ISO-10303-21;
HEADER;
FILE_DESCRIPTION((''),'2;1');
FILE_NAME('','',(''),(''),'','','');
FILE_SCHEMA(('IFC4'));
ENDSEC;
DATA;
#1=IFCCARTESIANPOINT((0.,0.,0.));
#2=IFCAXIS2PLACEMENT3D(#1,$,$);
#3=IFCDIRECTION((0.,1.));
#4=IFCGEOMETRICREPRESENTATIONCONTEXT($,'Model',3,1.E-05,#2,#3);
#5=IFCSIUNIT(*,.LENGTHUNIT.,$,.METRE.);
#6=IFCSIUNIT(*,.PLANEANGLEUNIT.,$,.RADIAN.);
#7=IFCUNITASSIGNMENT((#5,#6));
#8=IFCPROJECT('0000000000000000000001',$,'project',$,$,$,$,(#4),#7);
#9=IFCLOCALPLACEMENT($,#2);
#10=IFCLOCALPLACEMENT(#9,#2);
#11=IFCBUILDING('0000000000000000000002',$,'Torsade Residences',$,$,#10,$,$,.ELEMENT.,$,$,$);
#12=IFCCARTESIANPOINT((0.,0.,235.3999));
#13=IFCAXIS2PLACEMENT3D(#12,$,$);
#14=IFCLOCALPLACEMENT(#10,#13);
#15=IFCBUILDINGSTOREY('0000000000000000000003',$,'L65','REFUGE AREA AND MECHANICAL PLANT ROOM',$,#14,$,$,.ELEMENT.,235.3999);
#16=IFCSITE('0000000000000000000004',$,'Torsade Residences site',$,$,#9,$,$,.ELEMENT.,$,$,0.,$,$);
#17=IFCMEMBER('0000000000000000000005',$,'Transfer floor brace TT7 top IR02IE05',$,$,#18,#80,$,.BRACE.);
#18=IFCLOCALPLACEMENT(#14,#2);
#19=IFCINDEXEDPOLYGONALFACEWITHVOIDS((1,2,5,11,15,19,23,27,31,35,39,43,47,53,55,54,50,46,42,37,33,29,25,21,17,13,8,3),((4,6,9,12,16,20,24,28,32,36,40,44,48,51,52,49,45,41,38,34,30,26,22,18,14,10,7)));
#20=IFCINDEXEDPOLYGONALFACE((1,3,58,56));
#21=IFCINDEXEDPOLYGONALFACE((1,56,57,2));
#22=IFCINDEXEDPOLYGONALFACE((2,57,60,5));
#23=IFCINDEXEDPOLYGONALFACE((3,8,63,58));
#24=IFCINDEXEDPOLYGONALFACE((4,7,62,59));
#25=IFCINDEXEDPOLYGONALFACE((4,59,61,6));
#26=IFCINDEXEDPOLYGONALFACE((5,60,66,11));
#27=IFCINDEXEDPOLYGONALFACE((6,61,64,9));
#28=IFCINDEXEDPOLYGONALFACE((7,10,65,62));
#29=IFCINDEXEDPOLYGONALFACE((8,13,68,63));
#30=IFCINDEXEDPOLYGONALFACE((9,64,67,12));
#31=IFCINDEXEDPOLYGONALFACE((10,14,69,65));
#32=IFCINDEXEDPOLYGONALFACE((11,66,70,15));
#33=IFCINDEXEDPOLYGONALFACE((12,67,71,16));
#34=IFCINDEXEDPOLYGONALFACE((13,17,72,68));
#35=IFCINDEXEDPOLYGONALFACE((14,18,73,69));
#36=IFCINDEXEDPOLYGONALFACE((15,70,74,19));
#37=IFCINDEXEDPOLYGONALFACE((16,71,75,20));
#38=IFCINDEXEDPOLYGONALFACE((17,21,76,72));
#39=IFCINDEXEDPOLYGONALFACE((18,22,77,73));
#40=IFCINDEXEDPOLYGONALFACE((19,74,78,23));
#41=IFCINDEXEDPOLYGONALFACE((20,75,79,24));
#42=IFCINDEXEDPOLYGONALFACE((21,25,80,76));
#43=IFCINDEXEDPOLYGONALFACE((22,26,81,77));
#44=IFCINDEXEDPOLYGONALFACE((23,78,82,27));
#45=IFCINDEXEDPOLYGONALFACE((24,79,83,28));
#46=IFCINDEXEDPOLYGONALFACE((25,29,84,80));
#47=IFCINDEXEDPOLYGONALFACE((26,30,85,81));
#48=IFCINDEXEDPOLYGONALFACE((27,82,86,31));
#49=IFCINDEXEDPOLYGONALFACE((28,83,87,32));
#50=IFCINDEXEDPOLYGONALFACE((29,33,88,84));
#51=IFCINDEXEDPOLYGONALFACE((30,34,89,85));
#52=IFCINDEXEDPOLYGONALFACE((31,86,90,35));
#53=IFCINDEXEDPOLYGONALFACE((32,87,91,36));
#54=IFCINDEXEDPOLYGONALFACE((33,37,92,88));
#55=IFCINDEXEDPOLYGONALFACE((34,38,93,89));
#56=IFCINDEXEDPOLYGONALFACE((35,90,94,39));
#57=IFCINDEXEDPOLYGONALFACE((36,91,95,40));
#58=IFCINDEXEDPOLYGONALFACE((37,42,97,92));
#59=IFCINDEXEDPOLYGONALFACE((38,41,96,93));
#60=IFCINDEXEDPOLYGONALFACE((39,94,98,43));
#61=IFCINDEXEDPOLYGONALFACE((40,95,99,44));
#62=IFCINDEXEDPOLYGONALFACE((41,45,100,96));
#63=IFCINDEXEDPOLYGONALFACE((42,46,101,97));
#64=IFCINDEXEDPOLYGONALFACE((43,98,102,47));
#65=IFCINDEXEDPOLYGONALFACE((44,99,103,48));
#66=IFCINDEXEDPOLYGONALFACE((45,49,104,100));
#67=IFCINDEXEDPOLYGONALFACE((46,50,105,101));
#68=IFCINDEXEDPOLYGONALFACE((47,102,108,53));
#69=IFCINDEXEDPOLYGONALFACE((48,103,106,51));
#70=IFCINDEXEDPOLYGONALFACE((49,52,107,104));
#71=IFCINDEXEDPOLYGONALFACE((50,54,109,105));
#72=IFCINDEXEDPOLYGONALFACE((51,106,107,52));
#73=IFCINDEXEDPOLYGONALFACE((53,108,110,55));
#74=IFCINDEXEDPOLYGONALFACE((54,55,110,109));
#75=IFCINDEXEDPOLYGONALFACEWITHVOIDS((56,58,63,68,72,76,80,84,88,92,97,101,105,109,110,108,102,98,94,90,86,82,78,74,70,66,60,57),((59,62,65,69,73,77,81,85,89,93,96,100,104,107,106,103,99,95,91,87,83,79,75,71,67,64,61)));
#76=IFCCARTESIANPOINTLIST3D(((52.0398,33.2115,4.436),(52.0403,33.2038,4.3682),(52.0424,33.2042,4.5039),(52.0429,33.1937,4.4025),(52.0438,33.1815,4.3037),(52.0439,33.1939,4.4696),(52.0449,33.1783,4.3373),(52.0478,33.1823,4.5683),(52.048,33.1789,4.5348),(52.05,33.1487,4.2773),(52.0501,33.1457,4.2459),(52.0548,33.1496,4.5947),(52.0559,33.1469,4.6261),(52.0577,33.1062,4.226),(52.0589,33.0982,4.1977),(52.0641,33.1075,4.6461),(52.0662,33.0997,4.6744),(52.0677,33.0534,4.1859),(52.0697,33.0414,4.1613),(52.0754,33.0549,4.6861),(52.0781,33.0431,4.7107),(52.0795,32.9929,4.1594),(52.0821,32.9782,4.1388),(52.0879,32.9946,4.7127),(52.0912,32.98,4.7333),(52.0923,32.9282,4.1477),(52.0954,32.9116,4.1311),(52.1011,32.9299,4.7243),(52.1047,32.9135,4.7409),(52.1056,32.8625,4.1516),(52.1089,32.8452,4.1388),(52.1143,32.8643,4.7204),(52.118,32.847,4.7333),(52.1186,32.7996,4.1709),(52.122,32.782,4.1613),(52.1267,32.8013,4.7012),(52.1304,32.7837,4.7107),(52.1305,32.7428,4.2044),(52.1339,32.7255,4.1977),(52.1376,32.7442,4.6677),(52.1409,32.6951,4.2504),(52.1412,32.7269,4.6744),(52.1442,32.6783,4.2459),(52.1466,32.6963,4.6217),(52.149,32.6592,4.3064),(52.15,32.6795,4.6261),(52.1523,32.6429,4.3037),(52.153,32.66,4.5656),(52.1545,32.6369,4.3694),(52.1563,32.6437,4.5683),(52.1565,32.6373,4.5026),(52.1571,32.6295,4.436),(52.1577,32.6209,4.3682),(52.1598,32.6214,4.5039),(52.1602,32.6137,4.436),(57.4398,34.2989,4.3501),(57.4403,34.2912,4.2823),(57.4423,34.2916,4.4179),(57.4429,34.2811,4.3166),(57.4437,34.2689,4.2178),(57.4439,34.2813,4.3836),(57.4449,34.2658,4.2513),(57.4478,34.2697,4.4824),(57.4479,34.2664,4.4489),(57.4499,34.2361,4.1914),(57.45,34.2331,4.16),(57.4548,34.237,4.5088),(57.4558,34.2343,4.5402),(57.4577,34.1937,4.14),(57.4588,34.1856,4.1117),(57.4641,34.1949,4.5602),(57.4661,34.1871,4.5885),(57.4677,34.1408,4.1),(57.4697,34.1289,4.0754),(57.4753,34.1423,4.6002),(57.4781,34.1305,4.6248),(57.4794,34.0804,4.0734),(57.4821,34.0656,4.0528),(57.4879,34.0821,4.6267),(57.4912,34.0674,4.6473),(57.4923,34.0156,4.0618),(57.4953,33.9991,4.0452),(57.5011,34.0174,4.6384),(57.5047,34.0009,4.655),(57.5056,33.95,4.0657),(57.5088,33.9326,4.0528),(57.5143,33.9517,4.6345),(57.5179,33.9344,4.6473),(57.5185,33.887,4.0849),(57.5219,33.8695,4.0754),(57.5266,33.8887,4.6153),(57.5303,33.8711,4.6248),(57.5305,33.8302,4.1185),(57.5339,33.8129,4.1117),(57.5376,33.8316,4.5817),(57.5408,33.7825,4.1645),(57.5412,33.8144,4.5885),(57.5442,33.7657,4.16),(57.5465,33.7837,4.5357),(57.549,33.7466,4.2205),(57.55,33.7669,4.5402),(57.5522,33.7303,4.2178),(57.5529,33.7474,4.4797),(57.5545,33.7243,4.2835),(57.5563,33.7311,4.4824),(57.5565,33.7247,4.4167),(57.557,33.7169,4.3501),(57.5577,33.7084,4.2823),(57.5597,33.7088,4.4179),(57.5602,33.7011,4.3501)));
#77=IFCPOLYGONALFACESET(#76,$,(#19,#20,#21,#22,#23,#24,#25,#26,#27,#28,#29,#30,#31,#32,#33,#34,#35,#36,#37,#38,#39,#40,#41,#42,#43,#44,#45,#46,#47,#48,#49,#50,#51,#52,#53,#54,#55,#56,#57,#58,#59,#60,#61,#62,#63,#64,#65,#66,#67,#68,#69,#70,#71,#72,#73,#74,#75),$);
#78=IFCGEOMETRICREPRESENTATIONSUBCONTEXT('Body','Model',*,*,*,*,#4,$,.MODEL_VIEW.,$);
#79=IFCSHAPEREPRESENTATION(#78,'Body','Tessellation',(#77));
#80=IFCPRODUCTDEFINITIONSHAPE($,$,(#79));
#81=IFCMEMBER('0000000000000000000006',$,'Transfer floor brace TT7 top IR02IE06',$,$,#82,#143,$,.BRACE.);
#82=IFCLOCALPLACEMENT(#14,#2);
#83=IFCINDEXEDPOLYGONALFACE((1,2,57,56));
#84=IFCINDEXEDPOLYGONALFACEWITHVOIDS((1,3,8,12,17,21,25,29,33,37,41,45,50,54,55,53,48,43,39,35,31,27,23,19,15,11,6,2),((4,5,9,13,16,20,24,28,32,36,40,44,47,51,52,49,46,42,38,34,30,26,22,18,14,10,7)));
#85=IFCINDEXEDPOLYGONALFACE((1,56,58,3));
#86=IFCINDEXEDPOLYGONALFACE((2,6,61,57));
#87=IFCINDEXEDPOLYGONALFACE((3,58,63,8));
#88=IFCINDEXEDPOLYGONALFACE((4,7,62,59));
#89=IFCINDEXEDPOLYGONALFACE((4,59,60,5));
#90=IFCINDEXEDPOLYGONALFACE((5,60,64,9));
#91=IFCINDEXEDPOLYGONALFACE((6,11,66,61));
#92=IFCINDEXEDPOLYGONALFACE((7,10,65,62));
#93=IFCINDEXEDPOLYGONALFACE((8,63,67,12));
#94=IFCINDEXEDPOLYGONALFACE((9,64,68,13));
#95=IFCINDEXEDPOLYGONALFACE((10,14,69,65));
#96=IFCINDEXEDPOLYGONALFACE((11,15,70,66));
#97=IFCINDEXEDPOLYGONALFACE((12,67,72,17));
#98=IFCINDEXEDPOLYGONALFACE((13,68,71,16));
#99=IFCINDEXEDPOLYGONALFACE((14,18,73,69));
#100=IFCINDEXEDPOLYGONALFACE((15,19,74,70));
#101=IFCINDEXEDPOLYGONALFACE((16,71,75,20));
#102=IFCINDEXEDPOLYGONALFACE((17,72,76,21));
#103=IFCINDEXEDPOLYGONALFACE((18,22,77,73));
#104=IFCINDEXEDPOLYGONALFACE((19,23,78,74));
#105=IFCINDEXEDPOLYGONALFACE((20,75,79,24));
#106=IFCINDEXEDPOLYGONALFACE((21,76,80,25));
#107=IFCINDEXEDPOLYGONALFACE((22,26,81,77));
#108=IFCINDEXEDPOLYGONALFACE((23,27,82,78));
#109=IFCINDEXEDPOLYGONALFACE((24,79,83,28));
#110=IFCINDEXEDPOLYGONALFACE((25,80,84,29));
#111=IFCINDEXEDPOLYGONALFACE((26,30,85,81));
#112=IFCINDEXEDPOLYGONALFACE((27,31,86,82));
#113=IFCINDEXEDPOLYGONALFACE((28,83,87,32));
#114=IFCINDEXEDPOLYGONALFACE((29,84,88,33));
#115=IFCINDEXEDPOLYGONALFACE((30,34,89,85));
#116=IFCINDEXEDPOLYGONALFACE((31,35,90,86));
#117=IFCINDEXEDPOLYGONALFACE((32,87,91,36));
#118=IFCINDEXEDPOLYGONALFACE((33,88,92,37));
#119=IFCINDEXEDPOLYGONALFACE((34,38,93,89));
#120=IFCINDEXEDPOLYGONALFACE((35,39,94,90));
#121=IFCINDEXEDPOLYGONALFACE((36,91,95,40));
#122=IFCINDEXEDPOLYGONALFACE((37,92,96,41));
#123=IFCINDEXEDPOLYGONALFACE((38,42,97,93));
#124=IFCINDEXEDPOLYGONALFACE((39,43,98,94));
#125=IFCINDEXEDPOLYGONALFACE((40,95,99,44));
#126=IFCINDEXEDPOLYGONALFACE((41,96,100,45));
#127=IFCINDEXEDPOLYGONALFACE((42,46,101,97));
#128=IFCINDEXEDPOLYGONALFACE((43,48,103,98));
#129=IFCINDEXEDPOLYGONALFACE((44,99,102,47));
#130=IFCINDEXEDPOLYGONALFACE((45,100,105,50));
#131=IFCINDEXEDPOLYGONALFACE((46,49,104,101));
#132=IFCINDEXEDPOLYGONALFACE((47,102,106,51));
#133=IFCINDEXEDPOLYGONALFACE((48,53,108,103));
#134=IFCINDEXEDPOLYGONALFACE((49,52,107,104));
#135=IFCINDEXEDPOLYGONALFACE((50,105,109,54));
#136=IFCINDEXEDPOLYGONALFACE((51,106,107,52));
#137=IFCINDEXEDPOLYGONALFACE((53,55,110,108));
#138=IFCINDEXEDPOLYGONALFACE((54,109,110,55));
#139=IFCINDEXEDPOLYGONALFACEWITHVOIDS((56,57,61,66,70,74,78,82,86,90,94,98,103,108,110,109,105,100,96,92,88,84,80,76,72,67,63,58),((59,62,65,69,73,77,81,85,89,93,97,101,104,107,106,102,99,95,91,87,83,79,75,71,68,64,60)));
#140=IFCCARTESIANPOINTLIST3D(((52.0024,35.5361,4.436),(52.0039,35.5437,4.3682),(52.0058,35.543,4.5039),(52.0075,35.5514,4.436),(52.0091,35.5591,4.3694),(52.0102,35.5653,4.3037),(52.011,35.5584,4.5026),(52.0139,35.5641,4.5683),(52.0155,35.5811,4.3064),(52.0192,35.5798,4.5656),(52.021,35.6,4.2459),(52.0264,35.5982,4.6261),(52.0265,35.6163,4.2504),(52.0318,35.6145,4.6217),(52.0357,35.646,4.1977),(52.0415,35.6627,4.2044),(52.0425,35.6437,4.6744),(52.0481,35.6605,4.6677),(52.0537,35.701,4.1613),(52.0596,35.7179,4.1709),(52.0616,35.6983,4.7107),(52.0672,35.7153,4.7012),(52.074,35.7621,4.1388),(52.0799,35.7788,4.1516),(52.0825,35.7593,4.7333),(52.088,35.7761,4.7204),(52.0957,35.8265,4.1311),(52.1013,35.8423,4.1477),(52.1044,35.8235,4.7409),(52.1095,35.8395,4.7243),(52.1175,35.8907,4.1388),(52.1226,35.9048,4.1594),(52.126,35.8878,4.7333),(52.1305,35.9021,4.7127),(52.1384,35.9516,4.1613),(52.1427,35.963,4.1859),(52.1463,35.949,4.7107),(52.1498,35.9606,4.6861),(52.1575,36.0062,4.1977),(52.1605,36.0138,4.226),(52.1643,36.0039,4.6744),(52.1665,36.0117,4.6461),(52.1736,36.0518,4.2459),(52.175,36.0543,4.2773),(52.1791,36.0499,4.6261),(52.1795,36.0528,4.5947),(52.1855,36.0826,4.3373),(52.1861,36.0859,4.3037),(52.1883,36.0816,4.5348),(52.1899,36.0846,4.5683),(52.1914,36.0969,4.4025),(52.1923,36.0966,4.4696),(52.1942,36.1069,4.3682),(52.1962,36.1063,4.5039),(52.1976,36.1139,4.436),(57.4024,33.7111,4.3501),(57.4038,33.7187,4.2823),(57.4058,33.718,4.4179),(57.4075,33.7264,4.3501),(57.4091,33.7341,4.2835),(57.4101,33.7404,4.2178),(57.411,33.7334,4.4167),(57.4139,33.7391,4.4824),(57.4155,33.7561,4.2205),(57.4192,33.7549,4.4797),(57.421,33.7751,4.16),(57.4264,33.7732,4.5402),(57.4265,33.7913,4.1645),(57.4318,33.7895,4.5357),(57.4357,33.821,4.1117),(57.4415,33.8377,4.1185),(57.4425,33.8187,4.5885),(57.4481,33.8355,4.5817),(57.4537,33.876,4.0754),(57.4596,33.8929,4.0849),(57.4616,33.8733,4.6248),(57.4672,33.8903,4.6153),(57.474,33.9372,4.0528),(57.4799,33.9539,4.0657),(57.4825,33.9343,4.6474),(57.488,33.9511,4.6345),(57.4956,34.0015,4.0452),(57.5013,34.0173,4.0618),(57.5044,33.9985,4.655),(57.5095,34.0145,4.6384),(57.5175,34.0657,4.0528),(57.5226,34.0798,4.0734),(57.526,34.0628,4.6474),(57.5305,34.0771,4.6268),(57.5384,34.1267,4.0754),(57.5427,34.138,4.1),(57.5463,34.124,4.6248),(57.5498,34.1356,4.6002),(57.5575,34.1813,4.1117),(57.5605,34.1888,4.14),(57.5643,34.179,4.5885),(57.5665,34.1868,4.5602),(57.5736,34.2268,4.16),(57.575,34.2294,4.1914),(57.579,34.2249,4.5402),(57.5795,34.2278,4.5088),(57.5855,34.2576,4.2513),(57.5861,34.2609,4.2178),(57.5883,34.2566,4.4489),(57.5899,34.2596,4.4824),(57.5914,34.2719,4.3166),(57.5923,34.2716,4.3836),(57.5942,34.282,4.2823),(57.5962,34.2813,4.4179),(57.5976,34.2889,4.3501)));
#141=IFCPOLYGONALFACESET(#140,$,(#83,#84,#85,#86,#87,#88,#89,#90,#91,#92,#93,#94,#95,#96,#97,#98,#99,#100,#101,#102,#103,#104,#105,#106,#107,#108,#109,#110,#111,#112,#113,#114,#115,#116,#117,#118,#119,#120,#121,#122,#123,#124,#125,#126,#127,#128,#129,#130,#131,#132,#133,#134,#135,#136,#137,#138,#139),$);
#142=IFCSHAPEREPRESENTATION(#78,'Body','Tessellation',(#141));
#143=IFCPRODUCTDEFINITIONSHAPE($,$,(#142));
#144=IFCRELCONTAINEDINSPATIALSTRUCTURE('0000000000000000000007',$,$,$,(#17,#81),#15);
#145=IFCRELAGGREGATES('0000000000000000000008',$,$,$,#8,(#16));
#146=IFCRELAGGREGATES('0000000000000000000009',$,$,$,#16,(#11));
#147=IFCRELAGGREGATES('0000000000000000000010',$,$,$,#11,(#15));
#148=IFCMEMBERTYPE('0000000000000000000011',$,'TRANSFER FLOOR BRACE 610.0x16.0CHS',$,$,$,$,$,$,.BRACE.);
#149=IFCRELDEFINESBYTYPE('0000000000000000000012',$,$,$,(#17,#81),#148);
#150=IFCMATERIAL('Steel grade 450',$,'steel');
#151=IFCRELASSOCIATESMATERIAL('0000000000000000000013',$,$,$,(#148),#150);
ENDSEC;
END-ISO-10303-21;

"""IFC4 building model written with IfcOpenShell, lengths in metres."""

from ifc_helpers import new_model, si_unit, direction, frame, origin, origin_2d, place, context, subcontext, project, spatial, hollow_circle, extrude, material, material_profile, profile_set, type_object, element, save


model = new_model("IFC4")

# Units and contexts
model_context = context("Model", 3, precision=1e-05, world=origin(), true_north=direction((0.0, 1.0)))
body_context = subcontext(model_context, "Body", "Model", "MODEL_VIEW")
ifc_project = project(units=[si_unit("LENGTHUNIT", "METRE"), si_unit("PLANEANGLEUNIT", "RADIAN")], contexts=[model_context])

# Site, building, storey
site_placement = place(None, origin())
site = spatial("IfcSite", under=ifc_project, at=site_placement, Name="Torsade Residences site", CompositionType="ELEMENT", RefElevation=0.0)
building_placement = place(site_placement, origin())
building = spatial("IfcBuilding", under=site, at=building_placement, Name="Torsade Residences", CompositionType="ELEMENT")
storey_placement = place(building_placement, frame((0.0, 0.0, 235.3999)))
storey = spatial("IfcBuildingStorey", under=building, at=storey_placement, Name="L65", Description="REFUGE AREA AND MECHANICAL PLANT ROOM", CompositionType="ELEMENT", Elevation=235.3999)

# Members
ifc_material_1 = material(Name="Steel grade 450", Category="steel")
ifc_material_profile_1 = material_profile(ifc_material_1, hollow_circle(Radius=0.3049, WallThickness=0.0161, at=origin_2d()), Name="610.0x16.0CHS")
ifc_profile_set_1 = profile_set([ifc_material_profile_1], Name="Steel grade 450")
member_type_1 = type_object("IfcMemberType", Name="TRANSFER FLOOR BRACE 610.0x16.0CHS", PredefinedType="BRACE", material=ifc_profile_set_1)
member_1_placement = place(storey_placement, frame((57.5, 34.0, 4.3501), z_axis=(-0.980201, -0.197388, 0.0156), x_axis=(0.197412, -0.980321, 0.0)))
element("IfcMember", 1, at=member_1_placement, inside=storey, type_object=member_type_1, Name="Transfer floor brace TT7 top IR02IE05", PredefinedType="BRACE", context=body_context, shape_type="SweptSolid", body=[
    extrude(hollow_circle(Radius=0.3049, WallThickness=0.0161, at=origin_2d()), origin(), (0.0, 0.0, 1.0), 5.509),
])
member_2_placement = place(storey_placement, frame((57.5, 34.0, 4.3501), z_axis=(-0.947252, 0.320133, 0.015075), x_axis=(-0.32017, -0.94736, 0.0)))
element("IfcMember", 2, at=member_2_placement, inside=storey, type_object=member_type_1, Name="Transfer floor brace TT7 top IR02IE06", PredefinedType="BRACE", context=body_context, shape_type="SweptSolid", body=[
    extrude(hollow_circle(Radius=0.3049, WallThickness=0.0161, at=origin_2d()), origin(), (0.0, 0.0, 1.0), 5.7007),
])

save(model, "model.ifc")
